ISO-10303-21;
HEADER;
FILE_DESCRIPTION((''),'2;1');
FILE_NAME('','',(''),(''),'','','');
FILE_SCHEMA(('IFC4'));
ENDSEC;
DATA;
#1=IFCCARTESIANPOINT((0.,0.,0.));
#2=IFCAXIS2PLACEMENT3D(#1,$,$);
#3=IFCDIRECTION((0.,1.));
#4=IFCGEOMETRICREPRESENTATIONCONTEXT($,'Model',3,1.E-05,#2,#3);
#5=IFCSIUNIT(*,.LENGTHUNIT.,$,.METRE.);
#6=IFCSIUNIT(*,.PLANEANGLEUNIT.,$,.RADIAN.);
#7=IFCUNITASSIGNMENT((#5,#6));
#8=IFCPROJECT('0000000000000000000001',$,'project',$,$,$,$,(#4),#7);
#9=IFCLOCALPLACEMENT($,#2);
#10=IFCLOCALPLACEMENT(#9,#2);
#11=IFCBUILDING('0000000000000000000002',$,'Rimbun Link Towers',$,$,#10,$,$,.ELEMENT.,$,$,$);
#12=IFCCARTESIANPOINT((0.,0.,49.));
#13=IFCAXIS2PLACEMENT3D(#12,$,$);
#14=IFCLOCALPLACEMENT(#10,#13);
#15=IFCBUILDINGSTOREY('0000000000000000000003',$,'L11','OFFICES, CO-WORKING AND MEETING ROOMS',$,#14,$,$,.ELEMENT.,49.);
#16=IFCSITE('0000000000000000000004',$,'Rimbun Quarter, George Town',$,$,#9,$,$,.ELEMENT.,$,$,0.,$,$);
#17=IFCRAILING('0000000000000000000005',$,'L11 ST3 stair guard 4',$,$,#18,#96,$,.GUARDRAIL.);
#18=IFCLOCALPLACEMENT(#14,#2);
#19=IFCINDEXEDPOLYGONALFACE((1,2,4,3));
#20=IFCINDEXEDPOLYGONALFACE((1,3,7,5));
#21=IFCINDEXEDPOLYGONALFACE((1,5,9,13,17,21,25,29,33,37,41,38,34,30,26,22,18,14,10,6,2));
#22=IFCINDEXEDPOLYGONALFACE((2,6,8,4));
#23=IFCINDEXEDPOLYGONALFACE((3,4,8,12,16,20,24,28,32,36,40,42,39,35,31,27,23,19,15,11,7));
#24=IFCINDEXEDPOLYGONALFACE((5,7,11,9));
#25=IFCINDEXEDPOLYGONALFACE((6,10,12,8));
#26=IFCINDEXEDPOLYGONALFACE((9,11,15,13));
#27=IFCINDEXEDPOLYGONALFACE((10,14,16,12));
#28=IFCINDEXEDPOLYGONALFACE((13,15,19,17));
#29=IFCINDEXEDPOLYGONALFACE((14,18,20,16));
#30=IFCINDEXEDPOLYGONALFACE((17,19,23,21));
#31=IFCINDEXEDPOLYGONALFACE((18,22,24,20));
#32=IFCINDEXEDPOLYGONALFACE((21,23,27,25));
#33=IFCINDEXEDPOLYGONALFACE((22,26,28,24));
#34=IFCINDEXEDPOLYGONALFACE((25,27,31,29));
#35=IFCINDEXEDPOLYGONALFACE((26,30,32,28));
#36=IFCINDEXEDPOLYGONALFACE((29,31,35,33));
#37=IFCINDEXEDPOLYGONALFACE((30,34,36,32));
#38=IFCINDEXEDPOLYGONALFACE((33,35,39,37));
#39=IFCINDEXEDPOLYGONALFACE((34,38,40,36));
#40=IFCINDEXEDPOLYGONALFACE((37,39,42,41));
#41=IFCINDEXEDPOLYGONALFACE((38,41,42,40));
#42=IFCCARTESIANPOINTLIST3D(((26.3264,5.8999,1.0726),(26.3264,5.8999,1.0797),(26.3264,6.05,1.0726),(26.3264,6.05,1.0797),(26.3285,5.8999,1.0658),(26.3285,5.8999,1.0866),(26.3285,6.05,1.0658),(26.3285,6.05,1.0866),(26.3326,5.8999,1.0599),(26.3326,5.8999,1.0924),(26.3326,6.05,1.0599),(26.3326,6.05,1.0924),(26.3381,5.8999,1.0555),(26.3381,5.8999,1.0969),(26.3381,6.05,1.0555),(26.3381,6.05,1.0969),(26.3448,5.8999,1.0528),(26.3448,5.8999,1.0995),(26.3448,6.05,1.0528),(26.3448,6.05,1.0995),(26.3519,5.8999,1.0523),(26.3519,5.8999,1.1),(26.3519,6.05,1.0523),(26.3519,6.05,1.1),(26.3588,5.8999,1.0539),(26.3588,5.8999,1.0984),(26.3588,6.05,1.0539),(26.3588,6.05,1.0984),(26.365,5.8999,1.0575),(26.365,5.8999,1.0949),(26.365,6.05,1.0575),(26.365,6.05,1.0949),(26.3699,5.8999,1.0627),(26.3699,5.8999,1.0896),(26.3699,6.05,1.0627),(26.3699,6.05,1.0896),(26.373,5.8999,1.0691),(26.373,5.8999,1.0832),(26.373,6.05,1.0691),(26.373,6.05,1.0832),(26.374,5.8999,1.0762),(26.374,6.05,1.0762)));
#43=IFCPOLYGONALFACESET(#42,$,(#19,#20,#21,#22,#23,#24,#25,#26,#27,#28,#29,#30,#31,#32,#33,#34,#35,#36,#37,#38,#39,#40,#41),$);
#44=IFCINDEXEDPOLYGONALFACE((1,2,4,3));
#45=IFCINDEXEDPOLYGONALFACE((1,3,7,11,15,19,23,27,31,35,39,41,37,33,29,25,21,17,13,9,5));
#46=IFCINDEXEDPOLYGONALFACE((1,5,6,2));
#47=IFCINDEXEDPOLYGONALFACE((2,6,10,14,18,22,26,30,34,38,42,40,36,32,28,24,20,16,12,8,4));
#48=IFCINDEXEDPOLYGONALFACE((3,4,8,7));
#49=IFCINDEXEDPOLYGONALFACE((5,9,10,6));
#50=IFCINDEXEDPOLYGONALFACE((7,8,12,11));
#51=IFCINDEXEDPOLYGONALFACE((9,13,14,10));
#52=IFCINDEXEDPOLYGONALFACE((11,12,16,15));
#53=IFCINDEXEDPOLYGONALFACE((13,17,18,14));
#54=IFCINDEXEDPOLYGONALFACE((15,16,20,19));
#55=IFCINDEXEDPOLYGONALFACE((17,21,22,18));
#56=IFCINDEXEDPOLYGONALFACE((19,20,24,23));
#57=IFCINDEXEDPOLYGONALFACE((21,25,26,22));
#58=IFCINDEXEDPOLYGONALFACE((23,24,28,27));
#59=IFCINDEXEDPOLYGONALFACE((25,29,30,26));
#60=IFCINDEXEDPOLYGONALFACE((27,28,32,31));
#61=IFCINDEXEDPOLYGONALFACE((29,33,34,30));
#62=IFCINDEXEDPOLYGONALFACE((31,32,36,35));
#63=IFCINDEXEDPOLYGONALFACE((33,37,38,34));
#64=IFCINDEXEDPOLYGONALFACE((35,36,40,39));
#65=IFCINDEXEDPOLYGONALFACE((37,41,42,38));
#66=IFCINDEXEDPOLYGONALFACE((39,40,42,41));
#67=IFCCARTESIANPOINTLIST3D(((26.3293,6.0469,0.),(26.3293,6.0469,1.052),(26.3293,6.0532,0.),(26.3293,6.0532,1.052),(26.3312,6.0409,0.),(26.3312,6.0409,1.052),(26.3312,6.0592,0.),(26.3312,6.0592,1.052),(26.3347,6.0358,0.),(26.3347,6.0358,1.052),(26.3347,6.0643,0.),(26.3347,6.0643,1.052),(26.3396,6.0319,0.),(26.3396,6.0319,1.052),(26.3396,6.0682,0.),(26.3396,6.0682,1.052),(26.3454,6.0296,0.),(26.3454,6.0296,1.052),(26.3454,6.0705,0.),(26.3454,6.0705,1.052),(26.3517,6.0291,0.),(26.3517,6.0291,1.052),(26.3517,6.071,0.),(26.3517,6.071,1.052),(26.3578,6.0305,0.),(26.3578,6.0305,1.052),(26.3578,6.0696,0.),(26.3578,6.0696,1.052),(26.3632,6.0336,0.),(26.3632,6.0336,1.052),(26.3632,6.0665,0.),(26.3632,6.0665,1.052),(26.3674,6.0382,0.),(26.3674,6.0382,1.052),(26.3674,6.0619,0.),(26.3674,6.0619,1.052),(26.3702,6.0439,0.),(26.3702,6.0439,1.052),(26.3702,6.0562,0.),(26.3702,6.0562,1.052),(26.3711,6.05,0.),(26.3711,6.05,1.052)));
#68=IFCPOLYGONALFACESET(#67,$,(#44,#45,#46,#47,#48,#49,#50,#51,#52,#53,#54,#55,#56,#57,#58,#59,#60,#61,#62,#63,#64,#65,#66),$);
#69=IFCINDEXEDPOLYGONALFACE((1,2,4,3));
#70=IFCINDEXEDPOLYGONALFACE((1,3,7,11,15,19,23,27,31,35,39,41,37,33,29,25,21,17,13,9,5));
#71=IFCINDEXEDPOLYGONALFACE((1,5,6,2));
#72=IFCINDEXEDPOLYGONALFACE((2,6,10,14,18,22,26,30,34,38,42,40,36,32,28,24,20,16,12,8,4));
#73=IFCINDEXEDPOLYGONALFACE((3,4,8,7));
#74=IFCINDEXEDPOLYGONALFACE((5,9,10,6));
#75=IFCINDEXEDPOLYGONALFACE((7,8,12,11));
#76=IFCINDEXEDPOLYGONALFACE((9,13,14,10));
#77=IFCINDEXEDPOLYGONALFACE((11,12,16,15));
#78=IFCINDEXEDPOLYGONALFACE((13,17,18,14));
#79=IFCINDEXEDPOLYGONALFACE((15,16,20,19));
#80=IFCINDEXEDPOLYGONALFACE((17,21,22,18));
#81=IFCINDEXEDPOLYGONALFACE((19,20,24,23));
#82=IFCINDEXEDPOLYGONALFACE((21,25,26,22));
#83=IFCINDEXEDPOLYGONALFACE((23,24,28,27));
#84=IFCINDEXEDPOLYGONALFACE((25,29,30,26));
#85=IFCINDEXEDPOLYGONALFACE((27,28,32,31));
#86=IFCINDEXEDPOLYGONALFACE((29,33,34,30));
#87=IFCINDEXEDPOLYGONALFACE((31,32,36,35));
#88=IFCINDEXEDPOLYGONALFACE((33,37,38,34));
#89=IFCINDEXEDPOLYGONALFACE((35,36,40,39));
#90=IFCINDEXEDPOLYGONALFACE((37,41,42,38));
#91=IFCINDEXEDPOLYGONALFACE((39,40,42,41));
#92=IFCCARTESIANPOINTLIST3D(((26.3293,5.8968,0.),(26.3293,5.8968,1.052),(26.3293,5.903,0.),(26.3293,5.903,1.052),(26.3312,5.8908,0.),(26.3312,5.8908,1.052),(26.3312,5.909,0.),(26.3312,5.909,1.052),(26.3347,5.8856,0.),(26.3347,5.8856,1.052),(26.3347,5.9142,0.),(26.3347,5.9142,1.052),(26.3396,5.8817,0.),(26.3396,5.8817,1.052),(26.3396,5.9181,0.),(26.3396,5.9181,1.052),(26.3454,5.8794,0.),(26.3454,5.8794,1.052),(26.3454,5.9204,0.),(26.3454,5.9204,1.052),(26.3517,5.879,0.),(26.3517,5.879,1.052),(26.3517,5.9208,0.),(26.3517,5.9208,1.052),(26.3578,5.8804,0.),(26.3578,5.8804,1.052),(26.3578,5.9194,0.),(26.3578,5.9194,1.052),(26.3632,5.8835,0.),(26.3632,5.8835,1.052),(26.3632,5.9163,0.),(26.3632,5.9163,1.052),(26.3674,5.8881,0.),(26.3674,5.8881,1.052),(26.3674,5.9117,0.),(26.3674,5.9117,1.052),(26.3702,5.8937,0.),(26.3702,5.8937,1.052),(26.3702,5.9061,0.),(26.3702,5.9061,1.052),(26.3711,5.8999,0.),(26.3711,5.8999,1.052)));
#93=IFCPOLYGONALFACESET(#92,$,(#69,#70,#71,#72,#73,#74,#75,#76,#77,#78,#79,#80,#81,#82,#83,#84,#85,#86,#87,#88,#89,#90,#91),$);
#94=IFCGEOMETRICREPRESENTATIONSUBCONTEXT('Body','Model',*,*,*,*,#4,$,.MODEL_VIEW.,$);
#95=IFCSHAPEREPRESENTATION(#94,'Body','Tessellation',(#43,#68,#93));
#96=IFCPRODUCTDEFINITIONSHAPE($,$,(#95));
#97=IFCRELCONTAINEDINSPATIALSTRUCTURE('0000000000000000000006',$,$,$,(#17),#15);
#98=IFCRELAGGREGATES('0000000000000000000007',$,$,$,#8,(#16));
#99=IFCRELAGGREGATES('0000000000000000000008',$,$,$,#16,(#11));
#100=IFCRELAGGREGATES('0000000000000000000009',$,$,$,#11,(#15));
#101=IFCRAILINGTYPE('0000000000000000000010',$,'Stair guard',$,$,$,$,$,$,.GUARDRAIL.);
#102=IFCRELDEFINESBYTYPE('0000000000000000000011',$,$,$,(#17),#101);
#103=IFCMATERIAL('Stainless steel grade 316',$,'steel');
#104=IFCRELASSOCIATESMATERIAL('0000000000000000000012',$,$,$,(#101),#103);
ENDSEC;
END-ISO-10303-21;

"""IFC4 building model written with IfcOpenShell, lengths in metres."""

from ifc_helpers import new_model, si_unit, direction, frame, origin, origin_2d, place, context, subcontext, project, spatial, circle, extrude, material, type_object, element, save


model = new_model("IFC4")

# Units and contexts
model_context = context("Model", 3, precision=1e-05, world=origin(), true_north=direction((0.0, 1.0)))
body_context = subcontext(model_context, "Body", "Model", "MODEL_VIEW")
ifc_project = project(units=[si_unit("LENGTHUNIT", "METRE"), si_unit("PLANEANGLEUNIT", "RADIAN")], contexts=[model_context])

# Site, building, storey
site_placement = place(None, origin())
site = spatial("IfcSite", under=ifc_project, at=site_placement, Name="Rimbun Quarter, George Town", CompositionType="ELEMENT", RefElevation=0.0)
building_placement = place(site_placement, origin())
building = spatial("IfcBuilding", under=site, at=building_placement, Name="Rimbun Link Towers", CompositionType="ELEMENT")
storey_placement = place(building_placement, frame((0.0, 0.0, 49.0)))
storey = spatial("IfcBuildingStorey", under=building, at=storey_placement, Name="L11", Description="OFFICES, CO-WORKING AND MEETING ROOMS", CompositionType="ELEMENT", Elevation=49.0)

# Railing
ifc_material_1 = material(Name="Stainless steel grade 316", Category="steel")
railing_type_1 = type_object("IfcRailingType", Name="Stair guard", PredefinedType="GUARDRAIL", material=ifc_material_1)
railing_1_placement = place(storey_placement, frame((26.3501, 6.05, 0.0)))
element("IfcRailing", 1, at=railing_1_placement, inside=storey, type_object=railing_type_1, Name="L11 ST3 stair guard 4", PredefinedType="GUARDRAIL", context=body_context, shape_type="SweptSolid", body=[
    extrude(circle(Radius=0.0239, at=origin_2d()), frame((0.0, 0.0, 1.0762), z_axis=(0.0, -1.0, 0.0), x_axis=(1.0, 0.0, 0.0)), (0.0, 0.0, 1.0), 0.1501),
    extrude(circle(Radius=0.021, at=origin_2d()), origin(), (0.0, 0.0, 1.0), 1.052),
    extrude(circle(Radius=0.021, at=origin_2d()), frame((0.0, -0.1501, 0.0)), (0.0, 0.0, 1.0), 1.052),
])

save(model, "model.ifc")
